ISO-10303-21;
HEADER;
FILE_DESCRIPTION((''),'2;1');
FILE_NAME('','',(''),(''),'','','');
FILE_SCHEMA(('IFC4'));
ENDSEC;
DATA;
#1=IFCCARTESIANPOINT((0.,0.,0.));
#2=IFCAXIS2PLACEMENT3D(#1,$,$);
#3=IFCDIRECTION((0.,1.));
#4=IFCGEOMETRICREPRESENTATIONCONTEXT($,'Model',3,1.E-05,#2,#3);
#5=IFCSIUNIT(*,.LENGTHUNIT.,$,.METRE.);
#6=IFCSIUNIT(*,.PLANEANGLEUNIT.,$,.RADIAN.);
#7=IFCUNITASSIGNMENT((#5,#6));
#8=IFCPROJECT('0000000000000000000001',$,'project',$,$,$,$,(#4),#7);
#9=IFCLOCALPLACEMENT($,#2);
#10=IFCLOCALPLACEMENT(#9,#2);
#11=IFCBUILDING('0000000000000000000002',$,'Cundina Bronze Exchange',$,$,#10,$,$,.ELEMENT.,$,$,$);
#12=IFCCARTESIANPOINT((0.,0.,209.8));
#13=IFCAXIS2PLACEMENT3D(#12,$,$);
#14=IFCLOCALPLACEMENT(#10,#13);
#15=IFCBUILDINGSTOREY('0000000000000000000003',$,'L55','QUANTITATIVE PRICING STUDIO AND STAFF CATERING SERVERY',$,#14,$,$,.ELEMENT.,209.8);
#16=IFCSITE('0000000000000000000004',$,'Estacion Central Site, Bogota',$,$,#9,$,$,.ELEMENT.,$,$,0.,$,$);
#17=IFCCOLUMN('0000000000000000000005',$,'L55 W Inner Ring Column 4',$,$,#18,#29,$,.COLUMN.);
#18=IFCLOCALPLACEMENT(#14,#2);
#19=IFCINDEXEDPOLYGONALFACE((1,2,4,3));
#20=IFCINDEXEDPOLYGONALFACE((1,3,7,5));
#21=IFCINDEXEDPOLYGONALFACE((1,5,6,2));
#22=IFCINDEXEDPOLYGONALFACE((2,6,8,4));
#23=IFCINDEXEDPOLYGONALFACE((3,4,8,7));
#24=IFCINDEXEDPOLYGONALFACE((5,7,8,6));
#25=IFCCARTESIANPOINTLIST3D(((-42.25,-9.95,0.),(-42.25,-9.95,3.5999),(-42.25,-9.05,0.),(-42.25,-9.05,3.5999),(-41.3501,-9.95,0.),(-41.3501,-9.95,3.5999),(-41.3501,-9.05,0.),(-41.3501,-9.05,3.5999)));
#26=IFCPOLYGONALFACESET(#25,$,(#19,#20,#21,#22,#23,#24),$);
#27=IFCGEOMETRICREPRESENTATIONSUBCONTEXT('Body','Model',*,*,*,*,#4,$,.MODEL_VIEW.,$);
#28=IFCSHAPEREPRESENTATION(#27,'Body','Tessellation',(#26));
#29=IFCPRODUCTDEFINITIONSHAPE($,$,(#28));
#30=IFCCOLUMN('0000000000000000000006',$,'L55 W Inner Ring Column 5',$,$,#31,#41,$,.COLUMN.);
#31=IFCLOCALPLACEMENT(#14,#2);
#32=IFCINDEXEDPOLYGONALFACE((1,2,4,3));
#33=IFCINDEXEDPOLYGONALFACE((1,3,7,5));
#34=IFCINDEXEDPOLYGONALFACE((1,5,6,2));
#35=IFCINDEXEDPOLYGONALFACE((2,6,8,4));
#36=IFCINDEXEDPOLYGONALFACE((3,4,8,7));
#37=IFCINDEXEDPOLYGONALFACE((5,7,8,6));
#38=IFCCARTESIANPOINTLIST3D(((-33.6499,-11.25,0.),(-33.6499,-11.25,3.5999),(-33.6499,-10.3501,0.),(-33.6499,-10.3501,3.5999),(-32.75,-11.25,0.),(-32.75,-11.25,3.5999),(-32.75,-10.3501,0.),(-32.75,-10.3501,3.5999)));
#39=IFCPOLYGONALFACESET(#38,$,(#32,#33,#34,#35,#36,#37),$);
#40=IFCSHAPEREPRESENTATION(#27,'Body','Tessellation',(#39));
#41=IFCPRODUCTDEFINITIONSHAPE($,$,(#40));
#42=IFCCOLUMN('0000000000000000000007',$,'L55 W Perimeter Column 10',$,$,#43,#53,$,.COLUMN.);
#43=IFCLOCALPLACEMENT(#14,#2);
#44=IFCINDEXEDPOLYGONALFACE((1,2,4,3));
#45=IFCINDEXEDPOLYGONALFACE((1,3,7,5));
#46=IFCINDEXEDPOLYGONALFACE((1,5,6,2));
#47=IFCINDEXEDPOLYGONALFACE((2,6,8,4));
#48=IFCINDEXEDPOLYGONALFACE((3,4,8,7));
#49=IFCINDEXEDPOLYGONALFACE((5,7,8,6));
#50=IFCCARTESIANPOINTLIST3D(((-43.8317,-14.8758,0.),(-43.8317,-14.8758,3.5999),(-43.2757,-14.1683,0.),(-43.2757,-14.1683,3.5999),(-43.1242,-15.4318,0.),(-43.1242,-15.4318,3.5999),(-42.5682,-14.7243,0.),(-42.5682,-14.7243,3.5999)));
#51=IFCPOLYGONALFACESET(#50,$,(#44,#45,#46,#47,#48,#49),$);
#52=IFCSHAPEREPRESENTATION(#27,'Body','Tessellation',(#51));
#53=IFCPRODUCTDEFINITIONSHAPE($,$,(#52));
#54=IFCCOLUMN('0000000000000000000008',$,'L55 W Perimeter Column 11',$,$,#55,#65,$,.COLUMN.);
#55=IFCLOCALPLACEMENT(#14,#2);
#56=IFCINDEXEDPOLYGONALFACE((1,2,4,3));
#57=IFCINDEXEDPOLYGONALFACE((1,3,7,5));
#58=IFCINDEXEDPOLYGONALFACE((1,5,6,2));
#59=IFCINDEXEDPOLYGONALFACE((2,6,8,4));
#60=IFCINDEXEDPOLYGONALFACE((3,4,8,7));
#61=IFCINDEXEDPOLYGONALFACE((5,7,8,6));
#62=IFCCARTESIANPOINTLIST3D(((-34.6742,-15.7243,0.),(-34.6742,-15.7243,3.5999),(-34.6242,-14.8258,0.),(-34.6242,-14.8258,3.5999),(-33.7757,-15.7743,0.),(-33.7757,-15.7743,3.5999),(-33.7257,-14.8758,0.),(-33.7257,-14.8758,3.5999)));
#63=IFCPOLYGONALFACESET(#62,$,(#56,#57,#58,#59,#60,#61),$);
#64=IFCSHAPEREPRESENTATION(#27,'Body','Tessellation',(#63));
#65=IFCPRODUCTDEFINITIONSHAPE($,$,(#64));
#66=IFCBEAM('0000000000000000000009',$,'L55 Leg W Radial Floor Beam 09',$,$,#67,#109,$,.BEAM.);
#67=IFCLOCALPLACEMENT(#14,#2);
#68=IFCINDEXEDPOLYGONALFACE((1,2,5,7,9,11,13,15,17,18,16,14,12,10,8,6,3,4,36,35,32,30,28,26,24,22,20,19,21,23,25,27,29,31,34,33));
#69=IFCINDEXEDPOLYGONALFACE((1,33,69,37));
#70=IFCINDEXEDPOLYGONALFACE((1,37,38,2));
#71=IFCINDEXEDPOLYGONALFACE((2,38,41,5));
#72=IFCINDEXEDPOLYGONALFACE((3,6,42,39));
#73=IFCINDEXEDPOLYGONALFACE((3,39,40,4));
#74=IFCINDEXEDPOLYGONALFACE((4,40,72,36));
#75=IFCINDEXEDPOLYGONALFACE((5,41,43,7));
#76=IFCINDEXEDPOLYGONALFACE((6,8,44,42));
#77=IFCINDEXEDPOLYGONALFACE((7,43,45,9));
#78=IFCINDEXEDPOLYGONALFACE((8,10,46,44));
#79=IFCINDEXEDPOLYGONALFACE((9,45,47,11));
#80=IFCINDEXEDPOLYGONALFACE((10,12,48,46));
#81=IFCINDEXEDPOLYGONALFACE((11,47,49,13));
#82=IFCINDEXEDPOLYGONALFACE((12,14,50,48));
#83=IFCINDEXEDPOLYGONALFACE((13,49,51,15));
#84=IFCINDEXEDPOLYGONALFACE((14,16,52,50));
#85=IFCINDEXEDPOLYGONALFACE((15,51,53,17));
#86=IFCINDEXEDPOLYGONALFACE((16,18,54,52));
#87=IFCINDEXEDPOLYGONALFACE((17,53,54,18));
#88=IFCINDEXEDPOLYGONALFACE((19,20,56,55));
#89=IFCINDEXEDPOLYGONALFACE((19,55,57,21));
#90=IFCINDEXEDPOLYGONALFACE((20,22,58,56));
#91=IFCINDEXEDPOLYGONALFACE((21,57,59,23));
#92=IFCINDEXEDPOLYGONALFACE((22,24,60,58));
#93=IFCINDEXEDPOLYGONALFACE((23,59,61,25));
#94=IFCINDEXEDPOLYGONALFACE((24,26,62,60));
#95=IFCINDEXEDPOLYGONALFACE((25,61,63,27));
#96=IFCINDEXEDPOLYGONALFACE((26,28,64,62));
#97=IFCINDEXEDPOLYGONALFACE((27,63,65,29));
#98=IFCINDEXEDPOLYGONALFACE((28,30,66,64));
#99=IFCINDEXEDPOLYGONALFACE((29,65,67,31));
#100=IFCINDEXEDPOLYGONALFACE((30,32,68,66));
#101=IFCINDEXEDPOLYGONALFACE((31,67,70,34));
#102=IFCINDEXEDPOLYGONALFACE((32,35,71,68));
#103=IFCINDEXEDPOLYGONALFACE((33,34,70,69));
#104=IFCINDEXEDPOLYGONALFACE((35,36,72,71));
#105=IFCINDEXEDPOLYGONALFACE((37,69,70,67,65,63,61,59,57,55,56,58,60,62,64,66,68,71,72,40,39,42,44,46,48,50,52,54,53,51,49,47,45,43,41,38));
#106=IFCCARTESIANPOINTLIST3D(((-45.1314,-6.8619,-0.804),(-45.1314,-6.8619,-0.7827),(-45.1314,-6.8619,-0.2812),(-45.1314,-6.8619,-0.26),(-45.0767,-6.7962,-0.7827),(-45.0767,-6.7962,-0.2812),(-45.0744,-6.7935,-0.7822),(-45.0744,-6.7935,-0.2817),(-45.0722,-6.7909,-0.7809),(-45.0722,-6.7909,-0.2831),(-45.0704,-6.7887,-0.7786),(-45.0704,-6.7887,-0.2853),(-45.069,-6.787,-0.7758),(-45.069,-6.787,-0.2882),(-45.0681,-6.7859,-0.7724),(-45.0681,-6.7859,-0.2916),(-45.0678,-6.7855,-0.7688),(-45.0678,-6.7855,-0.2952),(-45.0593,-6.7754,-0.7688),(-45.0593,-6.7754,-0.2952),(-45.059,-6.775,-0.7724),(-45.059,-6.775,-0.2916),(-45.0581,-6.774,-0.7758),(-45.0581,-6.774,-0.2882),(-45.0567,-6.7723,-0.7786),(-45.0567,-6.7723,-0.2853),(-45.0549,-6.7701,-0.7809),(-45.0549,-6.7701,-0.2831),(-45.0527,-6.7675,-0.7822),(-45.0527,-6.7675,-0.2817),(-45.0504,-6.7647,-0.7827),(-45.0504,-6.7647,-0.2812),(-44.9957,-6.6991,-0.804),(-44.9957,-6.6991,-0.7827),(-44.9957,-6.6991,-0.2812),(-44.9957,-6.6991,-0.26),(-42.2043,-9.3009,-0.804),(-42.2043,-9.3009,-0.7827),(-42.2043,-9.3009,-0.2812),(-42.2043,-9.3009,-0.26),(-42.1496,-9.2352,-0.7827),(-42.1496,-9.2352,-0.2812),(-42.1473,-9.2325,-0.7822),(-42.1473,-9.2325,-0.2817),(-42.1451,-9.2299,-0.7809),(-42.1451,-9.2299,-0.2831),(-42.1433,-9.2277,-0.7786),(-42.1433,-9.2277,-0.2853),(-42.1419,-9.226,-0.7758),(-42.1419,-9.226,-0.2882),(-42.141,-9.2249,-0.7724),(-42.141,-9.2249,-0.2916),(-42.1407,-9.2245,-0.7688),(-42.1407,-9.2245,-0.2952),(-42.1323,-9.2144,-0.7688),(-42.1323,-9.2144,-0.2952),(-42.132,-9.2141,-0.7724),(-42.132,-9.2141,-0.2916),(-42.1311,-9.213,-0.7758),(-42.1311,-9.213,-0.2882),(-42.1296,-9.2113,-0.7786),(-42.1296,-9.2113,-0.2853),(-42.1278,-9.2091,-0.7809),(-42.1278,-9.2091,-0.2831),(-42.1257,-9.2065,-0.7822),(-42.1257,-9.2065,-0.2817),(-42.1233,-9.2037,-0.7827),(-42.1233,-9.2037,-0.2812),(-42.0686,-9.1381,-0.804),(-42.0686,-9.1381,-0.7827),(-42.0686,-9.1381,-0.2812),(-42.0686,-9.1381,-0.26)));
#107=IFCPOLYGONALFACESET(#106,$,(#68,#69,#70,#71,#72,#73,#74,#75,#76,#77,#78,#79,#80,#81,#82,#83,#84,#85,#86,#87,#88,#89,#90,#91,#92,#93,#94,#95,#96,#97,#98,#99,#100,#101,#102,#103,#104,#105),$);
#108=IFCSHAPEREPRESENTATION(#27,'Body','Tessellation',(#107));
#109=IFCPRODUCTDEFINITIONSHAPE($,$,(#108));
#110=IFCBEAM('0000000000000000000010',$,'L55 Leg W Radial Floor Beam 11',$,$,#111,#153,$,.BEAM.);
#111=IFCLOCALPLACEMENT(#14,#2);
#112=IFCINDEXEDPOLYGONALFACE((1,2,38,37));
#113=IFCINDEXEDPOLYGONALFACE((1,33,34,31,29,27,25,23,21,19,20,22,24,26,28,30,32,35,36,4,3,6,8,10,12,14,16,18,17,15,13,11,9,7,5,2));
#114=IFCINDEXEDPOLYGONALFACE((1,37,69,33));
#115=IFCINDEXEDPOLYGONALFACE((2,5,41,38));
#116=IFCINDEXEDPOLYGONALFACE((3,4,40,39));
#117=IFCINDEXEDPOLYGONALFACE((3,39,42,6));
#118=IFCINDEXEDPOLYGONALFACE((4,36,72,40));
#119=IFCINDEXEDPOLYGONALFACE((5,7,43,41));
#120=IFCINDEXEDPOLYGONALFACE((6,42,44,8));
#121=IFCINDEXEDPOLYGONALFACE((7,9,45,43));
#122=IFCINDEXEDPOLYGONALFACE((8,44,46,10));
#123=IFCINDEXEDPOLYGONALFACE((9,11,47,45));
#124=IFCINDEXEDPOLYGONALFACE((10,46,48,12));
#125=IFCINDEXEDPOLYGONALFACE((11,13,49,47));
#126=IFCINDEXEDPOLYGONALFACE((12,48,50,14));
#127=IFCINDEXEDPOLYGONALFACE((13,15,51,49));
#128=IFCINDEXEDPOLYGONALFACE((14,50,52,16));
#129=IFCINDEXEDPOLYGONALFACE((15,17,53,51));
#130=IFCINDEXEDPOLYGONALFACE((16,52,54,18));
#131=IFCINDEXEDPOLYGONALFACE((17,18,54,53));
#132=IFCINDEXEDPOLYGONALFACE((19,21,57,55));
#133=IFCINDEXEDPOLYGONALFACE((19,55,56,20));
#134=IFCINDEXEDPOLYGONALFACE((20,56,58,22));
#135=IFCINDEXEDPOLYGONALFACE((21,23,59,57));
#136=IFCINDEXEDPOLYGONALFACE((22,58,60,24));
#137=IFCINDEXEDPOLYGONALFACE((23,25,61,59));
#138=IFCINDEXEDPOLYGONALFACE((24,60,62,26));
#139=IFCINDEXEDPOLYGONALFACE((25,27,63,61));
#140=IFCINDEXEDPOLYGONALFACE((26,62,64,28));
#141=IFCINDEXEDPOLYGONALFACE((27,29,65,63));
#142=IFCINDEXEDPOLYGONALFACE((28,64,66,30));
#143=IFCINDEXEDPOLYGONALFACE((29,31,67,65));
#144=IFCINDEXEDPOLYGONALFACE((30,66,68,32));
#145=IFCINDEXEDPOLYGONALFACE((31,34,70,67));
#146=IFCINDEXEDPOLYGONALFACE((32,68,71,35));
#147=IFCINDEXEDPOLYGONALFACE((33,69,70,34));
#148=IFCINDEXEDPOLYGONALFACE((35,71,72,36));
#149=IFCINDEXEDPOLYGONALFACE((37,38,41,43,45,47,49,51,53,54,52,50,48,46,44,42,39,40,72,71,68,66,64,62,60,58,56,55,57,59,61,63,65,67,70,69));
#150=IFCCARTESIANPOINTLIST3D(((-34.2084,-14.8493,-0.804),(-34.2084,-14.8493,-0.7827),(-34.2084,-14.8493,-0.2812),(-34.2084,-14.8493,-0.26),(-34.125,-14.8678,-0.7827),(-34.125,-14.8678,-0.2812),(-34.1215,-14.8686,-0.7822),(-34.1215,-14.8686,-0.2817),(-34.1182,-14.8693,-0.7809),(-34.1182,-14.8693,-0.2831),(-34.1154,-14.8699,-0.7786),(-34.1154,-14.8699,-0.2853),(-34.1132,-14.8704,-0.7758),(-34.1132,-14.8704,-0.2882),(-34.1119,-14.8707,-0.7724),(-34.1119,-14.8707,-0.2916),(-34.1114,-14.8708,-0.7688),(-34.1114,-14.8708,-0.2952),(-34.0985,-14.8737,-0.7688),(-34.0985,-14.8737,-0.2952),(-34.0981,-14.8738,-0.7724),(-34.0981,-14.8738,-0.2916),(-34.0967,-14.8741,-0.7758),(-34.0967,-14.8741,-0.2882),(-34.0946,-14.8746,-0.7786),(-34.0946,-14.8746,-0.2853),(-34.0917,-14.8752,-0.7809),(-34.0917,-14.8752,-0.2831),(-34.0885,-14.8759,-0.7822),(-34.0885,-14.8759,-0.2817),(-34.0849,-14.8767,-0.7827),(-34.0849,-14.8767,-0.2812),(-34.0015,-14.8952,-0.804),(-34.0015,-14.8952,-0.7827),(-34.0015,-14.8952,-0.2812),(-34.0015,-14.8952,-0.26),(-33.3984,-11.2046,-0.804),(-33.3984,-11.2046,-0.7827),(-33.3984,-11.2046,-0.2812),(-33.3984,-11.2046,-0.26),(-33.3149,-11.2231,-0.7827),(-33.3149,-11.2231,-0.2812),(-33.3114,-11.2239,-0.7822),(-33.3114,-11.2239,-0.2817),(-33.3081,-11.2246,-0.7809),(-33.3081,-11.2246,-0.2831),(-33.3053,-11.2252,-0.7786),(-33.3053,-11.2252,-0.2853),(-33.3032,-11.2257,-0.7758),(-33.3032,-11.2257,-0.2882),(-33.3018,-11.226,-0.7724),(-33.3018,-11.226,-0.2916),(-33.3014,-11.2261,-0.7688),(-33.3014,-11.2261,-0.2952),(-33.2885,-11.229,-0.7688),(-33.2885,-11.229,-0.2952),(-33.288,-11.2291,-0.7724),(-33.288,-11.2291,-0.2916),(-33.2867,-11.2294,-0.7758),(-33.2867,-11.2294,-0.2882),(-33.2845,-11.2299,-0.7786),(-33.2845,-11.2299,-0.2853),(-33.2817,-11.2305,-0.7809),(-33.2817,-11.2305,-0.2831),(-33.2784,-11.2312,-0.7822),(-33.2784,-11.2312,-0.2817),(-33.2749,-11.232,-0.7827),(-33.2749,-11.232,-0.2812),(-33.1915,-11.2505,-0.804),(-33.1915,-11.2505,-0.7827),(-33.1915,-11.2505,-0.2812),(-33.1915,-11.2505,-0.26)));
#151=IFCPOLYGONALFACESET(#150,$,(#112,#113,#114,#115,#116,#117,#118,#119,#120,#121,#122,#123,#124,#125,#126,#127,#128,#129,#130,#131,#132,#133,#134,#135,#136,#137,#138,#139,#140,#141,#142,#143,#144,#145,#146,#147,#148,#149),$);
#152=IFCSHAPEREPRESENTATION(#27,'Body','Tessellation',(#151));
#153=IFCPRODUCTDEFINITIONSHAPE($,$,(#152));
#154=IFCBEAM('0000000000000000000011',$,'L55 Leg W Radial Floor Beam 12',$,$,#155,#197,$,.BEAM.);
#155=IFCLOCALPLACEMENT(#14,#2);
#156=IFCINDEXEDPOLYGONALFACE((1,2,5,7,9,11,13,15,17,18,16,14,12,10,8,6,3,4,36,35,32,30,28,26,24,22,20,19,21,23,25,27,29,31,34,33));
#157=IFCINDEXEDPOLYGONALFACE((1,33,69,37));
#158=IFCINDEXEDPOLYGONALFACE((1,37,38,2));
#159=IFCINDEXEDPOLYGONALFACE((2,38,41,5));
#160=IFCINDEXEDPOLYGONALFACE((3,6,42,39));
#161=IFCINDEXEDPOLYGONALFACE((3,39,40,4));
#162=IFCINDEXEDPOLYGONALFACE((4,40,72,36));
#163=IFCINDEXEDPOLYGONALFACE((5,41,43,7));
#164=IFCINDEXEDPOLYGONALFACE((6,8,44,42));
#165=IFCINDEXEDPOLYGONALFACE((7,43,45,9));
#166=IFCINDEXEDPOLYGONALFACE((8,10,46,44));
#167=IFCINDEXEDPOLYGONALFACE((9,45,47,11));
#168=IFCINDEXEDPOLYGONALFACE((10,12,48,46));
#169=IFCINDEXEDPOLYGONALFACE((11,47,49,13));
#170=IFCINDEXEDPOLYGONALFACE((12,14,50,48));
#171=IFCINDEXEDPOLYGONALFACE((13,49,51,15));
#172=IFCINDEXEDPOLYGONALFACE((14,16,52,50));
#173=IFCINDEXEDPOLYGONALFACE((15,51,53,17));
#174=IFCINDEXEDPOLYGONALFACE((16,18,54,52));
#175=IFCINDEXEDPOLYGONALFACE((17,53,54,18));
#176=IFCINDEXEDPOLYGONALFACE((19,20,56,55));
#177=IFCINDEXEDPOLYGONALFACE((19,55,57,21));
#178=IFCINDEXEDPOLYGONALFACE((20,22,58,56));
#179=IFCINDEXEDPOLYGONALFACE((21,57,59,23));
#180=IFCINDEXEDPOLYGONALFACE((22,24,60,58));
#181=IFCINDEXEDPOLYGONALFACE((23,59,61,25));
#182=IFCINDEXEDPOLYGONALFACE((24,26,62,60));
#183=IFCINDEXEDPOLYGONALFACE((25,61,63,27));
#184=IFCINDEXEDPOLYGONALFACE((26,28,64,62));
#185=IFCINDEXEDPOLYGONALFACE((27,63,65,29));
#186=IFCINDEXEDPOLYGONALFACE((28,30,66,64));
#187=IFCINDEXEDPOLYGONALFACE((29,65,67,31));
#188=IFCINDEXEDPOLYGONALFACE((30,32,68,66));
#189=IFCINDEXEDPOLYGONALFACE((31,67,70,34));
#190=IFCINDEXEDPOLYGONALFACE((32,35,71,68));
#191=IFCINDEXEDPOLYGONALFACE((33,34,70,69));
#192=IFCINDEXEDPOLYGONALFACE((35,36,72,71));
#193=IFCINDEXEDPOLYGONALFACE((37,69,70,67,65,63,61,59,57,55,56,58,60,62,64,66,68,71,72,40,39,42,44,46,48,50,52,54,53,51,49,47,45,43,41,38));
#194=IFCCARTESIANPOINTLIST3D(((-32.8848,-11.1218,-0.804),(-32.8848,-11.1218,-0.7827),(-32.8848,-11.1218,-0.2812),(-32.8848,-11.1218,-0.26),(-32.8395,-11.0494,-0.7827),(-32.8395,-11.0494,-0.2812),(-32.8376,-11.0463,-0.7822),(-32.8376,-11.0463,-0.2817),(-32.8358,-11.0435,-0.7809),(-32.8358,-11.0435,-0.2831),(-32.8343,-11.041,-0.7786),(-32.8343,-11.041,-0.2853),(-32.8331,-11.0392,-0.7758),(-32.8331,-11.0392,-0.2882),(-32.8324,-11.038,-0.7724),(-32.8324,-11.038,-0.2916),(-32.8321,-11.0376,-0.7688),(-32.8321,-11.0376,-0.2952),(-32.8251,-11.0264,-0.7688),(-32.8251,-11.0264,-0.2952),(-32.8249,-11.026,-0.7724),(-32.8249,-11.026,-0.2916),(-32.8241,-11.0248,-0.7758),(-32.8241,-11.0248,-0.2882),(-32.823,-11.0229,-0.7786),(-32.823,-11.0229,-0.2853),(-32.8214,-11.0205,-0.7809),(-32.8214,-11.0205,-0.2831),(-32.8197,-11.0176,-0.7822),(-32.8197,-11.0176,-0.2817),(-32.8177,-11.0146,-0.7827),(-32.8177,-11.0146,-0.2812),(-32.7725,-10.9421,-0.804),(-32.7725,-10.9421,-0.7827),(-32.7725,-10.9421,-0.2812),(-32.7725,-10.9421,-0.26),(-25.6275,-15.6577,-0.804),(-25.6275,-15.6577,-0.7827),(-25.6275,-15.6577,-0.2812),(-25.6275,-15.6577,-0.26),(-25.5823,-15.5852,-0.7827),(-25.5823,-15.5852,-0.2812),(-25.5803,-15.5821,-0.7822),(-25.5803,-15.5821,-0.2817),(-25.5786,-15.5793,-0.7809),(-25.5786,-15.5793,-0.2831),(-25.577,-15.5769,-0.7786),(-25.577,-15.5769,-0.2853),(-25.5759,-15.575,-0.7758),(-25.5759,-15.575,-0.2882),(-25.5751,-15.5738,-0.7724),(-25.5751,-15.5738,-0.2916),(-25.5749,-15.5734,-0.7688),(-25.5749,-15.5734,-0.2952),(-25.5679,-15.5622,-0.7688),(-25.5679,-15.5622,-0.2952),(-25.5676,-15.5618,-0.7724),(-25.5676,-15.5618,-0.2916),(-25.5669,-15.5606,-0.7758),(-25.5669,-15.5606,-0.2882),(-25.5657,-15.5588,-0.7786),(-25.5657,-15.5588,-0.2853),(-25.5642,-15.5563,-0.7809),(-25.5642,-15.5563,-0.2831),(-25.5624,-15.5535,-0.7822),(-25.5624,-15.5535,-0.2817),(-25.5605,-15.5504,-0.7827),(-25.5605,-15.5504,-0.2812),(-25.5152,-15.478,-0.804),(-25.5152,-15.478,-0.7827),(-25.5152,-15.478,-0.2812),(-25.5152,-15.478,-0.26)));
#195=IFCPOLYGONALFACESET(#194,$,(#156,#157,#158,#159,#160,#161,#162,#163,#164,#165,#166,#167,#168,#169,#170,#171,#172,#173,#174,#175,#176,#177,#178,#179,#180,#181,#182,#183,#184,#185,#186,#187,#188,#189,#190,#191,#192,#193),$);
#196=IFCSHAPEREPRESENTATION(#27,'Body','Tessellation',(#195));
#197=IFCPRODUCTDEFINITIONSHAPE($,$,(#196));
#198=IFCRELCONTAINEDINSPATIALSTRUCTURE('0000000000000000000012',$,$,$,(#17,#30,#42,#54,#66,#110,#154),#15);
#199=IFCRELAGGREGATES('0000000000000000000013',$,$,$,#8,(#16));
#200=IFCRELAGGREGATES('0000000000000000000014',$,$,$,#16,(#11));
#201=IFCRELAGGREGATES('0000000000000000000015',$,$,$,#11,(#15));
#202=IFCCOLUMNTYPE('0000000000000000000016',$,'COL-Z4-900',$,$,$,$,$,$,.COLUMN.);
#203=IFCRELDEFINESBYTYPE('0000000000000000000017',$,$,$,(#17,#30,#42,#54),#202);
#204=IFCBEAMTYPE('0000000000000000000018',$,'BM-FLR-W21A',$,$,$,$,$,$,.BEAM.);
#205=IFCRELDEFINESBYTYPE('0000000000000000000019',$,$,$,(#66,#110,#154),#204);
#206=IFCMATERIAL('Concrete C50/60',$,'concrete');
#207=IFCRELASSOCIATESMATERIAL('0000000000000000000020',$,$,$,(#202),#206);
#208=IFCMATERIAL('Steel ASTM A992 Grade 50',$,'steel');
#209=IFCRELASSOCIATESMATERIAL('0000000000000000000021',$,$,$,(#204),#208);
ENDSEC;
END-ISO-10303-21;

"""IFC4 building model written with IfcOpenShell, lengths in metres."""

from ifc_helpers import new_model, si_unit, direction, frame, origin, origin_2d, place, context, subcontext, project, spatial, rectangle, i_section, extrude, material, material_profile, profile_set, type_object, element, save


model = new_model("IFC4")

# Units and contexts
model_context = context("Model", 3, precision=1e-05, world=origin(), true_north=direction((0.0, 1.0)))
body_context = subcontext(model_context, "Body", "Model", "MODEL_VIEW")
ifc_project = project(units=[si_unit("LENGTHUNIT", "METRE"), si_unit("PLANEANGLEUNIT", "RADIAN")], contexts=[model_context])

# Site, building, storey
site_placement = place(None, origin())
site = spatial("IfcSite", under=ifc_project, at=site_placement, Name="Estacion Central Site, Bogota", CompositionType="ELEMENT", RefElevation=0.0)
building_placement = place(site_placement, origin())
building = spatial("IfcBuilding", under=site, at=building_placement, Name="Cundina Bronze Exchange", CompositionType="ELEMENT")
storey_placement = place(building_placement, frame((0.0, 0.0, 209.8)))
storey = spatial("IfcBuildingStorey", under=building, at=storey_placement, Name="L55", Description="QUANTITATIVE PRICING STUDIO AND STAFF CATERING SERVERY", CompositionType="ELEMENT", Elevation=209.8)

# Columns
ifc_material_1 = material(Name="Concrete C50/60", Category="concrete")
ifc_material_profile_1 = material_profile(ifc_material_1, rectangle(XDim=0.8999, YDim=0.8999, at=origin_2d()), Name="RC900X900", Category="concrete")
ifc_profile_set_1 = profile_set([ifc_material_profile_1], Name="Concrete C50/60")
column_type = type_object("IfcColumnType", Name="COL-Z4-900", PredefinedType="COLUMN", material=ifc_profile_set_1)
for number, where, z_axis, x_axis, name in (
    (1, (-41.8, -9.5, 0.0), (0.0, 0.0, 1.0), (1.0, 0.0, 0.0), "L55 W Inner Ring Column 4"),
    (2, (-33.2, -10.8, 0.0), (0.0, 0.0, 1.0), (1.0, 0.0, 0.0), "L55 W Inner Ring Column 5"),
    (3, (-43.2, -14.8, 0.0), (0.0, 0.0, 1.0), (0.786288, -0.61786, 0.0), "L55 W Perimeter Column 10"),
    (4, (-34.2, -15.3, 0.0), (0.0, 0.0, 1.0), (0.99846, -0.055473, 0.0), "L55 W Perimeter Column 11"),
):
    element("IfcColumn", number, at=place(storey_placement, frame(where, z_axis=z_axis, x_axis=x_axis)), inside=storey, type_object=column_type, Name=name, PredefinedType="COLUMN", context=body_context, shape_type="SweptSolid", body=[
        extrude(rectangle(XDim=0.8999, YDim=0.8999, at=origin_2d()), origin(), (0.0, 0.0, 1.0), 3.5999),
    ])

# Beams
ifc_material_2 = material(Name="Steel ASTM A992 Grade 50", Category="steel")
ifc_material_profile_2 = material_profile(ifc_material_2, i_section(OverallWidth=0.2119, OverallDepth=0.5439, WebThickness=0.0132, FlangeThickness=0.0212, FilletRadius=0.0139, at=origin_2d()), Name="W21X83", Category="steel")
ifc_profile_set_2 = profile_set([ifc_material_profile_2], Name="Steel ASTM A992 Grade 50")
beam_type_1 = type_object("IfcBeamType", Name="BM-FLR-W21A", PredefinedType="BEAM", material=ifc_profile_set_2)
beam_1_placement = place(storey_placement, frame((-42.1365, -9.2195, -0.532), z_axis=(-0.768248, 0.640153, 0.0), x_axis=(-0.640153, -0.768248, 0.0)))
element("IfcBeam", 5, at=beam_1_placement, inside=storey, type_object=beam_type_1, Name="L55 Leg W Radial Floor Beam 09", PredefinedType="BEAM", context=body_context, shape_type="SweptSolid", body=[
    extrude(i_section(OverallWidth=0.2119, OverallDepth=0.5439, WebThickness=0.0132, FlangeThickness=0.0212, FilletRadius=0.0139, at=origin_2d()), origin(), (0.0, 0.0, 1.0), 3.8101),
])
beam_2_placement = place(storey_placement, frame((-33.2949, -11.2275, -0.532), z_axis=(-0.216958, -0.976181, 0.0), x_axis=(0.976181, -0.216958, 0.0)))
element("IfcBeam", 6, at=beam_2_placement, inside=storey, type_object=beam_type_1, Name="L55 Leg W Radial Floor Beam 11", PredefinedType="BEAM", context=body_context, shape_type="SweptSolid", body=[
    extrude(i_section(OverallWidth=0.2119, OverallDepth=0.5439, WebThickness=0.0132, FlangeThickness=0.0212, FilletRadius=0.0139, at=origin_2d()), origin(), (0.0, 0.0, 1.0), 3.7336),
])
beam_3_placement = place(storey_placement, frame((-32.8286, -11.032, -0.532), z_axis=(0.847995, -0.530004, 0.0), x_axis=(0.530004, 0.847995, 0.0)))
element("IfcBeam", 7, at=beam_3_placement, inside=storey, type_object=beam_type_1, Name="L55 Leg W Radial Floor Beam 12", PredefinedType="BEAM", context=body_context, shape_type="SweptSolid", body=[
    extrude(i_section(OverallWidth=0.2119, OverallDepth=0.5439, WebThickness=0.0132, FlangeThickness=0.0212, FilletRadius=0.0139, at=origin_2d()), origin(), (0.0, 0.0, 1.0), 8.5581),
])

save(model, "model.ifc")
